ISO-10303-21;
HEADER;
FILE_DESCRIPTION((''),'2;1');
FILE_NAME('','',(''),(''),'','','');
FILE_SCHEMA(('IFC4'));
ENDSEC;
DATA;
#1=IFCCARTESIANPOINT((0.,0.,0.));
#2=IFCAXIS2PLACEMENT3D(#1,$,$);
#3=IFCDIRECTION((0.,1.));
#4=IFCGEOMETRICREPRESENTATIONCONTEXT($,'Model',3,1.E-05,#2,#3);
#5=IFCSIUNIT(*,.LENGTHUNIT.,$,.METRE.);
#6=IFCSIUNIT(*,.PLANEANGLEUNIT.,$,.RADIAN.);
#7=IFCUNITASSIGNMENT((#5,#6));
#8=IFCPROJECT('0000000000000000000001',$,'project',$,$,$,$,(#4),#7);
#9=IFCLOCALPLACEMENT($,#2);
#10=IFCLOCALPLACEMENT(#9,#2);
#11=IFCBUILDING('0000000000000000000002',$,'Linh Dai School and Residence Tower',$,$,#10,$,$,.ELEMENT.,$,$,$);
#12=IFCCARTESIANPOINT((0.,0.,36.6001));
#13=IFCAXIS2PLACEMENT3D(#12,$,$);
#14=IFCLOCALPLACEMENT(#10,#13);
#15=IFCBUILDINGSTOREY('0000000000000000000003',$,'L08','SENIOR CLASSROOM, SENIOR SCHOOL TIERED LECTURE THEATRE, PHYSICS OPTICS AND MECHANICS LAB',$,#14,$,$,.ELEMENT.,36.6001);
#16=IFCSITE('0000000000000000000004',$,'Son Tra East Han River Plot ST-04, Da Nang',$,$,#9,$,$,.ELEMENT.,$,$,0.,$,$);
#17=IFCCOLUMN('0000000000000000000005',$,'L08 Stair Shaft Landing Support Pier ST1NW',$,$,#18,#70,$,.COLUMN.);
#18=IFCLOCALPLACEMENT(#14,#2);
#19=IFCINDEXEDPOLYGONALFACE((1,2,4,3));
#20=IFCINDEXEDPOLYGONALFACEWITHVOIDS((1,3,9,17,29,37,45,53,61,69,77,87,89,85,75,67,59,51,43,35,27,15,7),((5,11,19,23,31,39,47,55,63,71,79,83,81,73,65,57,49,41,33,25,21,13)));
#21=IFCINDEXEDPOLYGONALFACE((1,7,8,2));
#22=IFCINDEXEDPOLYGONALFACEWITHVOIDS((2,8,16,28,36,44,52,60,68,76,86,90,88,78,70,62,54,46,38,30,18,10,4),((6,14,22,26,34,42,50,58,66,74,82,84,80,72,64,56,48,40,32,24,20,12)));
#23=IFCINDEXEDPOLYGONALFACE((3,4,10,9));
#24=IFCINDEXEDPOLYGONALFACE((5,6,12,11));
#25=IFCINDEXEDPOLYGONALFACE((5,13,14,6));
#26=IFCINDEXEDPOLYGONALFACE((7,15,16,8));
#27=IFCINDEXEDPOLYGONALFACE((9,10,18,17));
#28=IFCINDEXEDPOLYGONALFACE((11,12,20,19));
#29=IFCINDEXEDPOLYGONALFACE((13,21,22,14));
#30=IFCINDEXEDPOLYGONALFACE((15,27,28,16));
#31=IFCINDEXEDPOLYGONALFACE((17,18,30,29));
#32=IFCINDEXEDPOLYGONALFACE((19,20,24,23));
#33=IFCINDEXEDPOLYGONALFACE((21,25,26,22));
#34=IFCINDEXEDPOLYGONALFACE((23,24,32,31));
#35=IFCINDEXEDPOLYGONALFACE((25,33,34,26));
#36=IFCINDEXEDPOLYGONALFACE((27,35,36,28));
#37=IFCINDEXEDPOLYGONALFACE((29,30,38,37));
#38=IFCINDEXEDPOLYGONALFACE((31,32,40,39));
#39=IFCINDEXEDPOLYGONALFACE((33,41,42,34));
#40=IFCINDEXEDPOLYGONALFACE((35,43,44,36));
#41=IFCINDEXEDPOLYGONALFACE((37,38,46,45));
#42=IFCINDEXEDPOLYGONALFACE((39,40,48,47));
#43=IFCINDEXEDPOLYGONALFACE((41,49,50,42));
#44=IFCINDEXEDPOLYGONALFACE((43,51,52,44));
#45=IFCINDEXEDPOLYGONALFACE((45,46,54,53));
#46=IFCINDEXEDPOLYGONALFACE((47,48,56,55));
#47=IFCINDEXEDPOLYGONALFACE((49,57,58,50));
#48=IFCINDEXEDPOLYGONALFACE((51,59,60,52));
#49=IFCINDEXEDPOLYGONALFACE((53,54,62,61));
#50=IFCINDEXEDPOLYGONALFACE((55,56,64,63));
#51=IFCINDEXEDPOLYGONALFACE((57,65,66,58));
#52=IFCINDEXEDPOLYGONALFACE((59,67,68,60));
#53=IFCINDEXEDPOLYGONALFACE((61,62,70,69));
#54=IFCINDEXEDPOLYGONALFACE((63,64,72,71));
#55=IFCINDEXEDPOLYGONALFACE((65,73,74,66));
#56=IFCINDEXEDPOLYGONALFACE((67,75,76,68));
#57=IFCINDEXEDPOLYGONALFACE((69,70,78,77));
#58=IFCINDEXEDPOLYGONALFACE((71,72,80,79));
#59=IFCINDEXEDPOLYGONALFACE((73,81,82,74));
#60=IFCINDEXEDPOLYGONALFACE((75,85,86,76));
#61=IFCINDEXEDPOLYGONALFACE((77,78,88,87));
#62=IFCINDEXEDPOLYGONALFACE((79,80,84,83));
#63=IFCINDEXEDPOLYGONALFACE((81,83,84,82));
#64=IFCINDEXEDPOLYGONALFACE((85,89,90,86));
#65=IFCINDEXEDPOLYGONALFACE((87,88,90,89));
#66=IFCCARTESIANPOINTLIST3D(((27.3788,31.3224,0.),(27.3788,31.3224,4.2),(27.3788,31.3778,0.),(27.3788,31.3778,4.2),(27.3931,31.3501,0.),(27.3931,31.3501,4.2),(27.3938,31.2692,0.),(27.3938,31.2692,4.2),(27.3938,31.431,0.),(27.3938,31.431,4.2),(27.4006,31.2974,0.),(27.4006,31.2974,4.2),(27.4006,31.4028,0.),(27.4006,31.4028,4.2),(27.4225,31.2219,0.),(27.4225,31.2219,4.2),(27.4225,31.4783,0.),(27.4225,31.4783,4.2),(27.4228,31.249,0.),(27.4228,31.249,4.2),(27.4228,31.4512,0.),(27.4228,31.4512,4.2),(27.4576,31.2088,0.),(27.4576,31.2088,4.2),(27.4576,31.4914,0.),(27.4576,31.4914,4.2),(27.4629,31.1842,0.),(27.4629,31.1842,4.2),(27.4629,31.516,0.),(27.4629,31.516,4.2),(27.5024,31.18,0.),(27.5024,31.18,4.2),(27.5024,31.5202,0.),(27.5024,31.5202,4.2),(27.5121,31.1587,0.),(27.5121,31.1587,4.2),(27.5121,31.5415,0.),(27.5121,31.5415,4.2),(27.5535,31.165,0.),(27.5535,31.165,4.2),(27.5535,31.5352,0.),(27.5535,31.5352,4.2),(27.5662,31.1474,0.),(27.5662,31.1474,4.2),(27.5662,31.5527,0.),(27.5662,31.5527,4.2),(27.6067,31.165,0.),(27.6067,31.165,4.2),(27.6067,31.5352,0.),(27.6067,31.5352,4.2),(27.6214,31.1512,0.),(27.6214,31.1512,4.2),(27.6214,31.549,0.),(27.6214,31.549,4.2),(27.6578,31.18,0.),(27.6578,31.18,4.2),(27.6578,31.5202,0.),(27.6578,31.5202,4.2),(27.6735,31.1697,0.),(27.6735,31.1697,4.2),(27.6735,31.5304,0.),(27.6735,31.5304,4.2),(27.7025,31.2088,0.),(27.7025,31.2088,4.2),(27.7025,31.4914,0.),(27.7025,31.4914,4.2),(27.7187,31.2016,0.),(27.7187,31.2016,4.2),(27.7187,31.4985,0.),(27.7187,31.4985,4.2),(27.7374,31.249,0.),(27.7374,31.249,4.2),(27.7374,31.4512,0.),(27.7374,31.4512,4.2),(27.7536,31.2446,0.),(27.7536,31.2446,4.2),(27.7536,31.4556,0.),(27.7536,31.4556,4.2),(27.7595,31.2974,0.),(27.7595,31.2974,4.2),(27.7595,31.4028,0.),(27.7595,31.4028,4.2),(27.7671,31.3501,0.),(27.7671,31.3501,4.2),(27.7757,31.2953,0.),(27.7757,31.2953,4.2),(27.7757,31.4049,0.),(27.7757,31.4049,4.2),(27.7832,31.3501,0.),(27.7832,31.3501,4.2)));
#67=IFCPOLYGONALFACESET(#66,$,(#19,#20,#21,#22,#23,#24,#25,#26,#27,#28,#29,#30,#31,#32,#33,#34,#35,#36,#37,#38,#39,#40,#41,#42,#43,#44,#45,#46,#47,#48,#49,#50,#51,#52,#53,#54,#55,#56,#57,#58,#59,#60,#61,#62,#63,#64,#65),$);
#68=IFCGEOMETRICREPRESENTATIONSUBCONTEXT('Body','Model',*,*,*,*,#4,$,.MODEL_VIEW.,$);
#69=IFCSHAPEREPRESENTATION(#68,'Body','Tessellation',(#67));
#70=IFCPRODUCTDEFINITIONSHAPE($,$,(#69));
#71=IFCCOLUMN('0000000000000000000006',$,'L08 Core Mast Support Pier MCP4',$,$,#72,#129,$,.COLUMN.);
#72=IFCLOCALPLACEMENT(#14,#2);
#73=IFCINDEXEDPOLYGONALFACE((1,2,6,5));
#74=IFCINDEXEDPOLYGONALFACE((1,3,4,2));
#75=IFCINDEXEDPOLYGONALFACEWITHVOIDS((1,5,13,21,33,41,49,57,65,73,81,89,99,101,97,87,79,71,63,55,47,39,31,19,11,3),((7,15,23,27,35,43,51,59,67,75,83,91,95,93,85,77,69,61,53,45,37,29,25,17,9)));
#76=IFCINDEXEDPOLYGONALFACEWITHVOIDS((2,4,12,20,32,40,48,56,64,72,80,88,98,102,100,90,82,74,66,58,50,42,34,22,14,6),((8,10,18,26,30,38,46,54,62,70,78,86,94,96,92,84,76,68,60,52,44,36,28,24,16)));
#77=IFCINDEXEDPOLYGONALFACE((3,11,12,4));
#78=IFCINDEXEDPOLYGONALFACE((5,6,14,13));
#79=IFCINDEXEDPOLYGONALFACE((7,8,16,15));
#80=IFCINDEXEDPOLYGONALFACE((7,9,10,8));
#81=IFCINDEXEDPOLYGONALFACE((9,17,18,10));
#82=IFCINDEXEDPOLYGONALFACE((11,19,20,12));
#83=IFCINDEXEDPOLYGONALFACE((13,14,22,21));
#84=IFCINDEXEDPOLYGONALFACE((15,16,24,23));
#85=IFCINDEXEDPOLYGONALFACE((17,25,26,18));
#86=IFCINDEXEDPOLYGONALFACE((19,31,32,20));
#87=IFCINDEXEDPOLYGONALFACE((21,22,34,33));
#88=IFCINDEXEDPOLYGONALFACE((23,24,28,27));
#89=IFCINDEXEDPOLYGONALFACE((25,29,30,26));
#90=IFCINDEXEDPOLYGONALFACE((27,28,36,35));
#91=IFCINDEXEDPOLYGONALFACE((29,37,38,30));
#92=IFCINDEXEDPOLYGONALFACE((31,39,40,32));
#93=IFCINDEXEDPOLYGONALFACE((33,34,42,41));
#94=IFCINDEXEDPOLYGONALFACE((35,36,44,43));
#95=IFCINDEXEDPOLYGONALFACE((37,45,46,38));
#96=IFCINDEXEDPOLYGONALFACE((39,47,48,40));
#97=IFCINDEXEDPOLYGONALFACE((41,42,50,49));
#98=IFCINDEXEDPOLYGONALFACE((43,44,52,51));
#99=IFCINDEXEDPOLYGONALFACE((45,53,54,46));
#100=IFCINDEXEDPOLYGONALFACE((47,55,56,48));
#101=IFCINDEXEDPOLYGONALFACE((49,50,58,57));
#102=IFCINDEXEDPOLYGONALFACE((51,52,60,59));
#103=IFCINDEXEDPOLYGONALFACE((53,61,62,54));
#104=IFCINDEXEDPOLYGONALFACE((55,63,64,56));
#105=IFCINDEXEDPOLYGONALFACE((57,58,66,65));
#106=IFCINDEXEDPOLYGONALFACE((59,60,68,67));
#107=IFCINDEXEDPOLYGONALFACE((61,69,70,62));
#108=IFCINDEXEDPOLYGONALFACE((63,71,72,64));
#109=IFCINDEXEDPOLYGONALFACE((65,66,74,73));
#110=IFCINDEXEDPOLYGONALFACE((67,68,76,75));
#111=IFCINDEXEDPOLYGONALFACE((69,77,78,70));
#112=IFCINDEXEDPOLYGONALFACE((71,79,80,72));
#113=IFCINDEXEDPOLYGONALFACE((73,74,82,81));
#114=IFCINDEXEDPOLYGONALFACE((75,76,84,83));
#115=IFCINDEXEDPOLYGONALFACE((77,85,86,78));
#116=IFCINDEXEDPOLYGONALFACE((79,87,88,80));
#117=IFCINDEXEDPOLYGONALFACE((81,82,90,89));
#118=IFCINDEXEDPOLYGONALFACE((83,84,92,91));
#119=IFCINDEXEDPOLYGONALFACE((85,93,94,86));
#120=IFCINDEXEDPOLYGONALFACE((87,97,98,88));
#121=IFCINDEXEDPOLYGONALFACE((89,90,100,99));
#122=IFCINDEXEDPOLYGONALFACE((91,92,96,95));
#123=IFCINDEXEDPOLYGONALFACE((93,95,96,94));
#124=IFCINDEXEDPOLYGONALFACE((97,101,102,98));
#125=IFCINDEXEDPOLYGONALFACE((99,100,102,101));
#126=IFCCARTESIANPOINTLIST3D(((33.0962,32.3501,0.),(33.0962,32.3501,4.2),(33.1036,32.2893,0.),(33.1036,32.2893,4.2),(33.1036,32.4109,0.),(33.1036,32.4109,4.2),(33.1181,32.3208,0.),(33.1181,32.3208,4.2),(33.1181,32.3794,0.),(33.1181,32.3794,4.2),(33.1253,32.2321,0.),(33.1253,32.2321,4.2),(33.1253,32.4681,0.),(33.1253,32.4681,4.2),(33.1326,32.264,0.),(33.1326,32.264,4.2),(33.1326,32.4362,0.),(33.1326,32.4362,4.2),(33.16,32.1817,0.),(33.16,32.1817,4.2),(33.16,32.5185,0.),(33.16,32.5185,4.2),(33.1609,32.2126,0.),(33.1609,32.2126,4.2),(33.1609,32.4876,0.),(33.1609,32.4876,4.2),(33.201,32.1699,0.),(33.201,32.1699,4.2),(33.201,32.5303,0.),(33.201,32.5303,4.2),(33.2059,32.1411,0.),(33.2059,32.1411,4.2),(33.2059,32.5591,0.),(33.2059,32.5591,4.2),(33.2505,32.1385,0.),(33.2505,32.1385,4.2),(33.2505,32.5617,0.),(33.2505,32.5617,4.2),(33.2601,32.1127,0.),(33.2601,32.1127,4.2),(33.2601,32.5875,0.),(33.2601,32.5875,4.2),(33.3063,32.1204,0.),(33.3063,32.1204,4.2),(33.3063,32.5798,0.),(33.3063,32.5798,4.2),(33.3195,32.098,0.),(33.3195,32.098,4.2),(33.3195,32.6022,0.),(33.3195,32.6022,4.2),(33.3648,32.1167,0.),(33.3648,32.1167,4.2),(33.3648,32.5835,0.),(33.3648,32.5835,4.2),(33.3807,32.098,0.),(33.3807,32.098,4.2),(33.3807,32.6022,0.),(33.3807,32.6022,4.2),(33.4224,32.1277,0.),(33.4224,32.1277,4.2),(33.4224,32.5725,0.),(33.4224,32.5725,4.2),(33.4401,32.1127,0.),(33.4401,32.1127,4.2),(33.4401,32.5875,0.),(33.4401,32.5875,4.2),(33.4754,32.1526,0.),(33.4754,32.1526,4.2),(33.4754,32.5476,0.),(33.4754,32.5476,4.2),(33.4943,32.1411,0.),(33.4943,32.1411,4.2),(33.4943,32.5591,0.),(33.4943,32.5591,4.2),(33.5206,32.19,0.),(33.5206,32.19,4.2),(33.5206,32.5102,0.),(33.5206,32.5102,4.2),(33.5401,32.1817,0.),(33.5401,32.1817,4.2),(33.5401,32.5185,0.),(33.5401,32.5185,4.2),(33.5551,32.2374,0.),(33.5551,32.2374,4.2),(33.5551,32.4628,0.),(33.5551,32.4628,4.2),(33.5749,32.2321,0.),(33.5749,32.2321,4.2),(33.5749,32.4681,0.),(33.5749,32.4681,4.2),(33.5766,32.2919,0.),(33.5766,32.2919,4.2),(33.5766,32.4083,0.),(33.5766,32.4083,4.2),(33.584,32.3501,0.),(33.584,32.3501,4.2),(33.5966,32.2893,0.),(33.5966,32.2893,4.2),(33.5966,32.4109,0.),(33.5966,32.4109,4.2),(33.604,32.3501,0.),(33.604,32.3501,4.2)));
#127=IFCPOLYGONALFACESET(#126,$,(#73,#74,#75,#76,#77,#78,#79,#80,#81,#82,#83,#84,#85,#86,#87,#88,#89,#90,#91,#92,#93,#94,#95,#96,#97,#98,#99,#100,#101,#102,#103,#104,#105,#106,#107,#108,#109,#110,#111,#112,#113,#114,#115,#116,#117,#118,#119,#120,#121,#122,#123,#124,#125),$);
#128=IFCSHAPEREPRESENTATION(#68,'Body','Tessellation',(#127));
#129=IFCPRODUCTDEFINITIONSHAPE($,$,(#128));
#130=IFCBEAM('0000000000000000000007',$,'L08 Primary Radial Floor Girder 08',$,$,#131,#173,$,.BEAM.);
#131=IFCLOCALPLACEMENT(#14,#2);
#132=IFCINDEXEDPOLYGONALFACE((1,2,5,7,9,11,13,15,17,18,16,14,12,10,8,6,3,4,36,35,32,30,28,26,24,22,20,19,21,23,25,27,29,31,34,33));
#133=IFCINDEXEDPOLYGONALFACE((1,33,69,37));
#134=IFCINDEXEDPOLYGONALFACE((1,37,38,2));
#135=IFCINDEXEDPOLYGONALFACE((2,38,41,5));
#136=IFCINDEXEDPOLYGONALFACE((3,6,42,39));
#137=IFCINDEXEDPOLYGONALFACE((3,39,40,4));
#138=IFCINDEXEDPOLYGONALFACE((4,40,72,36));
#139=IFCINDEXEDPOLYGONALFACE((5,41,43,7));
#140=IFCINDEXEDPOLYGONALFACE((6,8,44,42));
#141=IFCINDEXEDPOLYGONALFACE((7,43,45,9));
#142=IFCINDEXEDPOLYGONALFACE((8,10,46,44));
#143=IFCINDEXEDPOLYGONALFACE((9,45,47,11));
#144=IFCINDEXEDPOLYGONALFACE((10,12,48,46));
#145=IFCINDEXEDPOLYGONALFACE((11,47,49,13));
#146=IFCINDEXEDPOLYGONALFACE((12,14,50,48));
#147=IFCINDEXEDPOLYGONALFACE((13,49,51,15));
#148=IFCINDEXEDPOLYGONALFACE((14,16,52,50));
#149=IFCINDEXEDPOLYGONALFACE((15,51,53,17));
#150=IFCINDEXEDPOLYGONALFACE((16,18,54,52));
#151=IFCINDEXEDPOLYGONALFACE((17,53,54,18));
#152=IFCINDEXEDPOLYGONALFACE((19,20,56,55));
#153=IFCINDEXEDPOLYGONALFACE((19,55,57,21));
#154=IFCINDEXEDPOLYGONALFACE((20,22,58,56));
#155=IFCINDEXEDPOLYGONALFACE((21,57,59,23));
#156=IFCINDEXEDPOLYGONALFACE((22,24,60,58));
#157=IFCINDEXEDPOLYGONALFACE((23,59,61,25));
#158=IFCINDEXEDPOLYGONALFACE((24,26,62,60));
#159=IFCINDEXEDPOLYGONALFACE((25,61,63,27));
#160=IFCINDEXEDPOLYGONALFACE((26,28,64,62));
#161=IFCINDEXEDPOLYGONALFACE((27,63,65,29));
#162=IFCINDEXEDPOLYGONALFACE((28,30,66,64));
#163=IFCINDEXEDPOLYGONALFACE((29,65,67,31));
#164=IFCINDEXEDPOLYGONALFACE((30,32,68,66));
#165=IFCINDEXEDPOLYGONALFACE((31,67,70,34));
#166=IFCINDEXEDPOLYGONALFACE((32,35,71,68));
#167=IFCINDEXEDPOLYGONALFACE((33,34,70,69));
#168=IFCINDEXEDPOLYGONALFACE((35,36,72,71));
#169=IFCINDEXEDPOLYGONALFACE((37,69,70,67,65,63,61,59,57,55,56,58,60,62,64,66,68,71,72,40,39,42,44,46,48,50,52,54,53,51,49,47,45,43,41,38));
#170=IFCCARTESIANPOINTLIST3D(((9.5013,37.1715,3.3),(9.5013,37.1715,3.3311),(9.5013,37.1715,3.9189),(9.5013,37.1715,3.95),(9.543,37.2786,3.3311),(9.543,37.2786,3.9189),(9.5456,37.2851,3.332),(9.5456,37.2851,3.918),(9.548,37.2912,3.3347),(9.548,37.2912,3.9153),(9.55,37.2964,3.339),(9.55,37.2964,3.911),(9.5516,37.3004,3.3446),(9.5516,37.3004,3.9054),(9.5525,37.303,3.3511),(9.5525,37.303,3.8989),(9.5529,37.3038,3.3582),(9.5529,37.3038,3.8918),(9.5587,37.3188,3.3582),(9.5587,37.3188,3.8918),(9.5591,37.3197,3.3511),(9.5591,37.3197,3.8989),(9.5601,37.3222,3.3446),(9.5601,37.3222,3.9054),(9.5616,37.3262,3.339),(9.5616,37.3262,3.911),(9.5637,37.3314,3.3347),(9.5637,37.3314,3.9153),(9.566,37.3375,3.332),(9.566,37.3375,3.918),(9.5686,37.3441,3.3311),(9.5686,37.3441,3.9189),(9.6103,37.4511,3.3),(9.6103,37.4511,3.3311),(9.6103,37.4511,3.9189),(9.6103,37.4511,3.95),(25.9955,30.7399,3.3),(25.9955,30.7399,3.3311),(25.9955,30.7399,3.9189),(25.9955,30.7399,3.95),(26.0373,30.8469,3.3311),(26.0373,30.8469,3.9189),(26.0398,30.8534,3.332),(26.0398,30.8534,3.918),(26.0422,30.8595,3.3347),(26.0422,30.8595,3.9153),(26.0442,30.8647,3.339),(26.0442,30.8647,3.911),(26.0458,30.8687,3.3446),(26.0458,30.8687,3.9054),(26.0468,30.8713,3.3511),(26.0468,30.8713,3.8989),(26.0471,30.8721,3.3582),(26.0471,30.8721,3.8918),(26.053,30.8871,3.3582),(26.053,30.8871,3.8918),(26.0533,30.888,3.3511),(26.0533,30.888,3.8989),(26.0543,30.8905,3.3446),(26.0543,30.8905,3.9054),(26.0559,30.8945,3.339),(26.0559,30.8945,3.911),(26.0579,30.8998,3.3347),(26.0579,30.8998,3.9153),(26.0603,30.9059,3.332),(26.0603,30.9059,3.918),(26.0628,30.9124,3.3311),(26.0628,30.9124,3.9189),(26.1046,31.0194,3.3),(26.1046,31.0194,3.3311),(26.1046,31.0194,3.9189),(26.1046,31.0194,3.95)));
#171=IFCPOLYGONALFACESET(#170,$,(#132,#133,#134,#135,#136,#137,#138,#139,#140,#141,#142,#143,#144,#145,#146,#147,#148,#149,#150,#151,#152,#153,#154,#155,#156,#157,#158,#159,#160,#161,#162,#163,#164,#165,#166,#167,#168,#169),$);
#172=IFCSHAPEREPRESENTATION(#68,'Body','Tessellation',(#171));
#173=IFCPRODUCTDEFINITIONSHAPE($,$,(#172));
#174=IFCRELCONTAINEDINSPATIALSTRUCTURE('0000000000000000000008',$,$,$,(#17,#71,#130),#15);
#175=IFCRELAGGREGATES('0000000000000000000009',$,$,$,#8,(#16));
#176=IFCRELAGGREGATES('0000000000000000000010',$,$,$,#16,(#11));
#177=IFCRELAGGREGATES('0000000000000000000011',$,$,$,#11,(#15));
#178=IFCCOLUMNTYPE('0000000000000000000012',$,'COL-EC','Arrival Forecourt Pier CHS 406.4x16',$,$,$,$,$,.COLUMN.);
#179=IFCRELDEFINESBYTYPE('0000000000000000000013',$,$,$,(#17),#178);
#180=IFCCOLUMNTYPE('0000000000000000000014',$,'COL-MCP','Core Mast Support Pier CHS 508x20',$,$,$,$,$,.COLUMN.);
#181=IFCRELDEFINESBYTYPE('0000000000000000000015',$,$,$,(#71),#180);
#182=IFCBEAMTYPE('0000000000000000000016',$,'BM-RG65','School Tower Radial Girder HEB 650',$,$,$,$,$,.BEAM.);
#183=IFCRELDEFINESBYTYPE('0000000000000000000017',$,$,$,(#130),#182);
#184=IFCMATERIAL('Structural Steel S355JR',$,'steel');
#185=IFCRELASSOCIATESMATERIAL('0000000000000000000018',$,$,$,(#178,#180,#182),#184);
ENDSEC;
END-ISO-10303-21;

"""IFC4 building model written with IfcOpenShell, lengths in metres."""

from ifc_helpers import new_model, si_unit, direction, frame, origin, origin_2d, place, context, subcontext, project, spatial, hollow_circle, i_section, extrude, material, material_profile, profile_set, type_object, element, save


model = new_model("IFC4")

# Units and contexts
model_context = context("Model", 3, precision=1e-05, world=origin(), true_north=direction((0.0, 1.0)))
body_context = subcontext(model_context, "Body", "Model", "MODEL_VIEW")
ifc_project = project(units=[si_unit("LENGTHUNIT", "METRE"), si_unit("PLANEANGLEUNIT", "RADIAN")], contexts=[model_context])

# Site, building, storey
site_placement = place(None, origin())
site = spatial("IfcSite", under=ifc_project, at=site_placement, Name="Son Tra East Han River Plot ST-04, Da Nang", CompositionType="ELEMENT", RefElevation=0.0)
building_placement = place(site_placement, origin())
building = spatial("IfcBuilding", under=site, at=building_placement, Name="Linh Dai School and Residence Tower", CompositionType="ELEMENT")
storey_placement = place(building_placement, frame((0.0, 0.0, 36.6001)))
storey = spatial("IfcBuildingStorey", under=building, at=storey_placement, Name="L08", Description="SENIOR CLASSROOM, SENIOR SCHOOL TIERED LECTURE THEATRE, PHYSICS OPTICS AND MECHANICS LAB", CompositionType="ELEMENT", Elevation=36.6001)

# Columns
ifc_material_1 = material(Name="Structural Steel S355JR", Category="steel")
ifc_material_profile_1 = material_profile(ifc_material_1, hollow_circle(Radius=0.2031, WallThickness=0.0161, at=origin_2d()), Name="CHS 406.4x16")
ifc_profile_set_1 = profile_set([ifc_material_profile_1], Name="Structural Steel S355JR")
column_type_1 = type_object("IfcColumnType", Name="COL-EC", Description="Arrival Forecourt Pier CHS 406.4x16", PredefinedType="COLUMN", material=ifc_profile_set_1)
column_1_placement = place(storey_placement, frame((27.5801, 31.3501, 0.0), z_axis=(0.0, 0.0, 1.0), x_axis=(1.0, 0.0, 0.0)))
element("IfcColumn", 1, at=column_1_placement, inside=storey, type_object=column_type_1, Name="L08 Stair Shaft Landing Support Pier ST1NW", PredefinedType="COLUMN", context=body_context, shape_type="SweptSolid", body=[
    extrude(hollow_circle(Radius=0.2031, WallThickness=0.0161, at=origin_2d()), origin(), (0.0, 0.0, 1.0), 4.2),
])
ifc_material_profile_2 = material_profile(ifc_material_1, hollow_circle(Radius=0.2539, WallThickness=0.02, at=origin_2d()), Name="CHS 508x20")
ifc_profile_set_2 = profile_set([ifc_material_profile_2], Name="Structural Steel S355JR")
column_type_2 = type_object("IfcColumnType", Name="COL-MCP", Description="Core Mast Support Pier CHS 508x20", PredefinedType="COLUMN", material=ifc_profile_set_2)
column_2_placement = place(storey_placement, frame((33.3501, 32.3501, 0.0), z_axis=(0.0, 0.0, 1.0), x_axis=(1.0, 0.0, 0.0)))
element("IfcColumn", 2, at=column_2_placement, inside=storey, type_object=column_type_2, Name="L08 Core Mast Support Pier MCP4", PredefinedType="COLUMN", context=body_context, shape_type="SweptSolid", body=[
    extrude(hollow_circle(Radius=0.2539, WallThickness=0.02, at=origin_2d()), origin(), (0.0, 0.0, 1.0), 4.2),
])

# Beam
ifc_material_profile_3 = material_profile(ifc_material_1, i_section(OverallWidth=0.3, OverallDepth=0.6499, WebThickness=0.0161, FlangeThickness=0.031, FilletRadius=0.0271, at=origin_2d()), Name="HEB 650")
ifc_profile_set_3 = profile_set([ifc_material_profile_3], Name="Structural Steel S355JR")
beam_type_1 = type_object("IfcBeamType", Name="BM-RG65", Description="School Tower Radial Girder HEB 650", PredefinedType="BEAM", material=ifc_profile_set_3)
beam_1_placement = place(storey_placement, frame((26.05, 30.8796, 3.625), z_axis=(-0.931675, 0.363293, 0.0), x_axis=(-0.363293, -0.931675, 0.0)))
element("IfcBeam", 3, at=beam_1_placement, inside=storey, type_object=beam_type_1, Name="L08 Primary Radial Floor Girder 08", PredefinedType="BEAM", context=body_context, shape_type="SweptSolid", body=[
    extrude(i_section(OverallWidth=0.3, OverallDepth=0.6499, WebThickness=0.0161, FlangeThickness=0.031, FilletRadius=0.0271, at=origin_2d()), origin(), (0.0, 0.0, 1.0), 17.7039),
])

save(model, "model.ifc")
